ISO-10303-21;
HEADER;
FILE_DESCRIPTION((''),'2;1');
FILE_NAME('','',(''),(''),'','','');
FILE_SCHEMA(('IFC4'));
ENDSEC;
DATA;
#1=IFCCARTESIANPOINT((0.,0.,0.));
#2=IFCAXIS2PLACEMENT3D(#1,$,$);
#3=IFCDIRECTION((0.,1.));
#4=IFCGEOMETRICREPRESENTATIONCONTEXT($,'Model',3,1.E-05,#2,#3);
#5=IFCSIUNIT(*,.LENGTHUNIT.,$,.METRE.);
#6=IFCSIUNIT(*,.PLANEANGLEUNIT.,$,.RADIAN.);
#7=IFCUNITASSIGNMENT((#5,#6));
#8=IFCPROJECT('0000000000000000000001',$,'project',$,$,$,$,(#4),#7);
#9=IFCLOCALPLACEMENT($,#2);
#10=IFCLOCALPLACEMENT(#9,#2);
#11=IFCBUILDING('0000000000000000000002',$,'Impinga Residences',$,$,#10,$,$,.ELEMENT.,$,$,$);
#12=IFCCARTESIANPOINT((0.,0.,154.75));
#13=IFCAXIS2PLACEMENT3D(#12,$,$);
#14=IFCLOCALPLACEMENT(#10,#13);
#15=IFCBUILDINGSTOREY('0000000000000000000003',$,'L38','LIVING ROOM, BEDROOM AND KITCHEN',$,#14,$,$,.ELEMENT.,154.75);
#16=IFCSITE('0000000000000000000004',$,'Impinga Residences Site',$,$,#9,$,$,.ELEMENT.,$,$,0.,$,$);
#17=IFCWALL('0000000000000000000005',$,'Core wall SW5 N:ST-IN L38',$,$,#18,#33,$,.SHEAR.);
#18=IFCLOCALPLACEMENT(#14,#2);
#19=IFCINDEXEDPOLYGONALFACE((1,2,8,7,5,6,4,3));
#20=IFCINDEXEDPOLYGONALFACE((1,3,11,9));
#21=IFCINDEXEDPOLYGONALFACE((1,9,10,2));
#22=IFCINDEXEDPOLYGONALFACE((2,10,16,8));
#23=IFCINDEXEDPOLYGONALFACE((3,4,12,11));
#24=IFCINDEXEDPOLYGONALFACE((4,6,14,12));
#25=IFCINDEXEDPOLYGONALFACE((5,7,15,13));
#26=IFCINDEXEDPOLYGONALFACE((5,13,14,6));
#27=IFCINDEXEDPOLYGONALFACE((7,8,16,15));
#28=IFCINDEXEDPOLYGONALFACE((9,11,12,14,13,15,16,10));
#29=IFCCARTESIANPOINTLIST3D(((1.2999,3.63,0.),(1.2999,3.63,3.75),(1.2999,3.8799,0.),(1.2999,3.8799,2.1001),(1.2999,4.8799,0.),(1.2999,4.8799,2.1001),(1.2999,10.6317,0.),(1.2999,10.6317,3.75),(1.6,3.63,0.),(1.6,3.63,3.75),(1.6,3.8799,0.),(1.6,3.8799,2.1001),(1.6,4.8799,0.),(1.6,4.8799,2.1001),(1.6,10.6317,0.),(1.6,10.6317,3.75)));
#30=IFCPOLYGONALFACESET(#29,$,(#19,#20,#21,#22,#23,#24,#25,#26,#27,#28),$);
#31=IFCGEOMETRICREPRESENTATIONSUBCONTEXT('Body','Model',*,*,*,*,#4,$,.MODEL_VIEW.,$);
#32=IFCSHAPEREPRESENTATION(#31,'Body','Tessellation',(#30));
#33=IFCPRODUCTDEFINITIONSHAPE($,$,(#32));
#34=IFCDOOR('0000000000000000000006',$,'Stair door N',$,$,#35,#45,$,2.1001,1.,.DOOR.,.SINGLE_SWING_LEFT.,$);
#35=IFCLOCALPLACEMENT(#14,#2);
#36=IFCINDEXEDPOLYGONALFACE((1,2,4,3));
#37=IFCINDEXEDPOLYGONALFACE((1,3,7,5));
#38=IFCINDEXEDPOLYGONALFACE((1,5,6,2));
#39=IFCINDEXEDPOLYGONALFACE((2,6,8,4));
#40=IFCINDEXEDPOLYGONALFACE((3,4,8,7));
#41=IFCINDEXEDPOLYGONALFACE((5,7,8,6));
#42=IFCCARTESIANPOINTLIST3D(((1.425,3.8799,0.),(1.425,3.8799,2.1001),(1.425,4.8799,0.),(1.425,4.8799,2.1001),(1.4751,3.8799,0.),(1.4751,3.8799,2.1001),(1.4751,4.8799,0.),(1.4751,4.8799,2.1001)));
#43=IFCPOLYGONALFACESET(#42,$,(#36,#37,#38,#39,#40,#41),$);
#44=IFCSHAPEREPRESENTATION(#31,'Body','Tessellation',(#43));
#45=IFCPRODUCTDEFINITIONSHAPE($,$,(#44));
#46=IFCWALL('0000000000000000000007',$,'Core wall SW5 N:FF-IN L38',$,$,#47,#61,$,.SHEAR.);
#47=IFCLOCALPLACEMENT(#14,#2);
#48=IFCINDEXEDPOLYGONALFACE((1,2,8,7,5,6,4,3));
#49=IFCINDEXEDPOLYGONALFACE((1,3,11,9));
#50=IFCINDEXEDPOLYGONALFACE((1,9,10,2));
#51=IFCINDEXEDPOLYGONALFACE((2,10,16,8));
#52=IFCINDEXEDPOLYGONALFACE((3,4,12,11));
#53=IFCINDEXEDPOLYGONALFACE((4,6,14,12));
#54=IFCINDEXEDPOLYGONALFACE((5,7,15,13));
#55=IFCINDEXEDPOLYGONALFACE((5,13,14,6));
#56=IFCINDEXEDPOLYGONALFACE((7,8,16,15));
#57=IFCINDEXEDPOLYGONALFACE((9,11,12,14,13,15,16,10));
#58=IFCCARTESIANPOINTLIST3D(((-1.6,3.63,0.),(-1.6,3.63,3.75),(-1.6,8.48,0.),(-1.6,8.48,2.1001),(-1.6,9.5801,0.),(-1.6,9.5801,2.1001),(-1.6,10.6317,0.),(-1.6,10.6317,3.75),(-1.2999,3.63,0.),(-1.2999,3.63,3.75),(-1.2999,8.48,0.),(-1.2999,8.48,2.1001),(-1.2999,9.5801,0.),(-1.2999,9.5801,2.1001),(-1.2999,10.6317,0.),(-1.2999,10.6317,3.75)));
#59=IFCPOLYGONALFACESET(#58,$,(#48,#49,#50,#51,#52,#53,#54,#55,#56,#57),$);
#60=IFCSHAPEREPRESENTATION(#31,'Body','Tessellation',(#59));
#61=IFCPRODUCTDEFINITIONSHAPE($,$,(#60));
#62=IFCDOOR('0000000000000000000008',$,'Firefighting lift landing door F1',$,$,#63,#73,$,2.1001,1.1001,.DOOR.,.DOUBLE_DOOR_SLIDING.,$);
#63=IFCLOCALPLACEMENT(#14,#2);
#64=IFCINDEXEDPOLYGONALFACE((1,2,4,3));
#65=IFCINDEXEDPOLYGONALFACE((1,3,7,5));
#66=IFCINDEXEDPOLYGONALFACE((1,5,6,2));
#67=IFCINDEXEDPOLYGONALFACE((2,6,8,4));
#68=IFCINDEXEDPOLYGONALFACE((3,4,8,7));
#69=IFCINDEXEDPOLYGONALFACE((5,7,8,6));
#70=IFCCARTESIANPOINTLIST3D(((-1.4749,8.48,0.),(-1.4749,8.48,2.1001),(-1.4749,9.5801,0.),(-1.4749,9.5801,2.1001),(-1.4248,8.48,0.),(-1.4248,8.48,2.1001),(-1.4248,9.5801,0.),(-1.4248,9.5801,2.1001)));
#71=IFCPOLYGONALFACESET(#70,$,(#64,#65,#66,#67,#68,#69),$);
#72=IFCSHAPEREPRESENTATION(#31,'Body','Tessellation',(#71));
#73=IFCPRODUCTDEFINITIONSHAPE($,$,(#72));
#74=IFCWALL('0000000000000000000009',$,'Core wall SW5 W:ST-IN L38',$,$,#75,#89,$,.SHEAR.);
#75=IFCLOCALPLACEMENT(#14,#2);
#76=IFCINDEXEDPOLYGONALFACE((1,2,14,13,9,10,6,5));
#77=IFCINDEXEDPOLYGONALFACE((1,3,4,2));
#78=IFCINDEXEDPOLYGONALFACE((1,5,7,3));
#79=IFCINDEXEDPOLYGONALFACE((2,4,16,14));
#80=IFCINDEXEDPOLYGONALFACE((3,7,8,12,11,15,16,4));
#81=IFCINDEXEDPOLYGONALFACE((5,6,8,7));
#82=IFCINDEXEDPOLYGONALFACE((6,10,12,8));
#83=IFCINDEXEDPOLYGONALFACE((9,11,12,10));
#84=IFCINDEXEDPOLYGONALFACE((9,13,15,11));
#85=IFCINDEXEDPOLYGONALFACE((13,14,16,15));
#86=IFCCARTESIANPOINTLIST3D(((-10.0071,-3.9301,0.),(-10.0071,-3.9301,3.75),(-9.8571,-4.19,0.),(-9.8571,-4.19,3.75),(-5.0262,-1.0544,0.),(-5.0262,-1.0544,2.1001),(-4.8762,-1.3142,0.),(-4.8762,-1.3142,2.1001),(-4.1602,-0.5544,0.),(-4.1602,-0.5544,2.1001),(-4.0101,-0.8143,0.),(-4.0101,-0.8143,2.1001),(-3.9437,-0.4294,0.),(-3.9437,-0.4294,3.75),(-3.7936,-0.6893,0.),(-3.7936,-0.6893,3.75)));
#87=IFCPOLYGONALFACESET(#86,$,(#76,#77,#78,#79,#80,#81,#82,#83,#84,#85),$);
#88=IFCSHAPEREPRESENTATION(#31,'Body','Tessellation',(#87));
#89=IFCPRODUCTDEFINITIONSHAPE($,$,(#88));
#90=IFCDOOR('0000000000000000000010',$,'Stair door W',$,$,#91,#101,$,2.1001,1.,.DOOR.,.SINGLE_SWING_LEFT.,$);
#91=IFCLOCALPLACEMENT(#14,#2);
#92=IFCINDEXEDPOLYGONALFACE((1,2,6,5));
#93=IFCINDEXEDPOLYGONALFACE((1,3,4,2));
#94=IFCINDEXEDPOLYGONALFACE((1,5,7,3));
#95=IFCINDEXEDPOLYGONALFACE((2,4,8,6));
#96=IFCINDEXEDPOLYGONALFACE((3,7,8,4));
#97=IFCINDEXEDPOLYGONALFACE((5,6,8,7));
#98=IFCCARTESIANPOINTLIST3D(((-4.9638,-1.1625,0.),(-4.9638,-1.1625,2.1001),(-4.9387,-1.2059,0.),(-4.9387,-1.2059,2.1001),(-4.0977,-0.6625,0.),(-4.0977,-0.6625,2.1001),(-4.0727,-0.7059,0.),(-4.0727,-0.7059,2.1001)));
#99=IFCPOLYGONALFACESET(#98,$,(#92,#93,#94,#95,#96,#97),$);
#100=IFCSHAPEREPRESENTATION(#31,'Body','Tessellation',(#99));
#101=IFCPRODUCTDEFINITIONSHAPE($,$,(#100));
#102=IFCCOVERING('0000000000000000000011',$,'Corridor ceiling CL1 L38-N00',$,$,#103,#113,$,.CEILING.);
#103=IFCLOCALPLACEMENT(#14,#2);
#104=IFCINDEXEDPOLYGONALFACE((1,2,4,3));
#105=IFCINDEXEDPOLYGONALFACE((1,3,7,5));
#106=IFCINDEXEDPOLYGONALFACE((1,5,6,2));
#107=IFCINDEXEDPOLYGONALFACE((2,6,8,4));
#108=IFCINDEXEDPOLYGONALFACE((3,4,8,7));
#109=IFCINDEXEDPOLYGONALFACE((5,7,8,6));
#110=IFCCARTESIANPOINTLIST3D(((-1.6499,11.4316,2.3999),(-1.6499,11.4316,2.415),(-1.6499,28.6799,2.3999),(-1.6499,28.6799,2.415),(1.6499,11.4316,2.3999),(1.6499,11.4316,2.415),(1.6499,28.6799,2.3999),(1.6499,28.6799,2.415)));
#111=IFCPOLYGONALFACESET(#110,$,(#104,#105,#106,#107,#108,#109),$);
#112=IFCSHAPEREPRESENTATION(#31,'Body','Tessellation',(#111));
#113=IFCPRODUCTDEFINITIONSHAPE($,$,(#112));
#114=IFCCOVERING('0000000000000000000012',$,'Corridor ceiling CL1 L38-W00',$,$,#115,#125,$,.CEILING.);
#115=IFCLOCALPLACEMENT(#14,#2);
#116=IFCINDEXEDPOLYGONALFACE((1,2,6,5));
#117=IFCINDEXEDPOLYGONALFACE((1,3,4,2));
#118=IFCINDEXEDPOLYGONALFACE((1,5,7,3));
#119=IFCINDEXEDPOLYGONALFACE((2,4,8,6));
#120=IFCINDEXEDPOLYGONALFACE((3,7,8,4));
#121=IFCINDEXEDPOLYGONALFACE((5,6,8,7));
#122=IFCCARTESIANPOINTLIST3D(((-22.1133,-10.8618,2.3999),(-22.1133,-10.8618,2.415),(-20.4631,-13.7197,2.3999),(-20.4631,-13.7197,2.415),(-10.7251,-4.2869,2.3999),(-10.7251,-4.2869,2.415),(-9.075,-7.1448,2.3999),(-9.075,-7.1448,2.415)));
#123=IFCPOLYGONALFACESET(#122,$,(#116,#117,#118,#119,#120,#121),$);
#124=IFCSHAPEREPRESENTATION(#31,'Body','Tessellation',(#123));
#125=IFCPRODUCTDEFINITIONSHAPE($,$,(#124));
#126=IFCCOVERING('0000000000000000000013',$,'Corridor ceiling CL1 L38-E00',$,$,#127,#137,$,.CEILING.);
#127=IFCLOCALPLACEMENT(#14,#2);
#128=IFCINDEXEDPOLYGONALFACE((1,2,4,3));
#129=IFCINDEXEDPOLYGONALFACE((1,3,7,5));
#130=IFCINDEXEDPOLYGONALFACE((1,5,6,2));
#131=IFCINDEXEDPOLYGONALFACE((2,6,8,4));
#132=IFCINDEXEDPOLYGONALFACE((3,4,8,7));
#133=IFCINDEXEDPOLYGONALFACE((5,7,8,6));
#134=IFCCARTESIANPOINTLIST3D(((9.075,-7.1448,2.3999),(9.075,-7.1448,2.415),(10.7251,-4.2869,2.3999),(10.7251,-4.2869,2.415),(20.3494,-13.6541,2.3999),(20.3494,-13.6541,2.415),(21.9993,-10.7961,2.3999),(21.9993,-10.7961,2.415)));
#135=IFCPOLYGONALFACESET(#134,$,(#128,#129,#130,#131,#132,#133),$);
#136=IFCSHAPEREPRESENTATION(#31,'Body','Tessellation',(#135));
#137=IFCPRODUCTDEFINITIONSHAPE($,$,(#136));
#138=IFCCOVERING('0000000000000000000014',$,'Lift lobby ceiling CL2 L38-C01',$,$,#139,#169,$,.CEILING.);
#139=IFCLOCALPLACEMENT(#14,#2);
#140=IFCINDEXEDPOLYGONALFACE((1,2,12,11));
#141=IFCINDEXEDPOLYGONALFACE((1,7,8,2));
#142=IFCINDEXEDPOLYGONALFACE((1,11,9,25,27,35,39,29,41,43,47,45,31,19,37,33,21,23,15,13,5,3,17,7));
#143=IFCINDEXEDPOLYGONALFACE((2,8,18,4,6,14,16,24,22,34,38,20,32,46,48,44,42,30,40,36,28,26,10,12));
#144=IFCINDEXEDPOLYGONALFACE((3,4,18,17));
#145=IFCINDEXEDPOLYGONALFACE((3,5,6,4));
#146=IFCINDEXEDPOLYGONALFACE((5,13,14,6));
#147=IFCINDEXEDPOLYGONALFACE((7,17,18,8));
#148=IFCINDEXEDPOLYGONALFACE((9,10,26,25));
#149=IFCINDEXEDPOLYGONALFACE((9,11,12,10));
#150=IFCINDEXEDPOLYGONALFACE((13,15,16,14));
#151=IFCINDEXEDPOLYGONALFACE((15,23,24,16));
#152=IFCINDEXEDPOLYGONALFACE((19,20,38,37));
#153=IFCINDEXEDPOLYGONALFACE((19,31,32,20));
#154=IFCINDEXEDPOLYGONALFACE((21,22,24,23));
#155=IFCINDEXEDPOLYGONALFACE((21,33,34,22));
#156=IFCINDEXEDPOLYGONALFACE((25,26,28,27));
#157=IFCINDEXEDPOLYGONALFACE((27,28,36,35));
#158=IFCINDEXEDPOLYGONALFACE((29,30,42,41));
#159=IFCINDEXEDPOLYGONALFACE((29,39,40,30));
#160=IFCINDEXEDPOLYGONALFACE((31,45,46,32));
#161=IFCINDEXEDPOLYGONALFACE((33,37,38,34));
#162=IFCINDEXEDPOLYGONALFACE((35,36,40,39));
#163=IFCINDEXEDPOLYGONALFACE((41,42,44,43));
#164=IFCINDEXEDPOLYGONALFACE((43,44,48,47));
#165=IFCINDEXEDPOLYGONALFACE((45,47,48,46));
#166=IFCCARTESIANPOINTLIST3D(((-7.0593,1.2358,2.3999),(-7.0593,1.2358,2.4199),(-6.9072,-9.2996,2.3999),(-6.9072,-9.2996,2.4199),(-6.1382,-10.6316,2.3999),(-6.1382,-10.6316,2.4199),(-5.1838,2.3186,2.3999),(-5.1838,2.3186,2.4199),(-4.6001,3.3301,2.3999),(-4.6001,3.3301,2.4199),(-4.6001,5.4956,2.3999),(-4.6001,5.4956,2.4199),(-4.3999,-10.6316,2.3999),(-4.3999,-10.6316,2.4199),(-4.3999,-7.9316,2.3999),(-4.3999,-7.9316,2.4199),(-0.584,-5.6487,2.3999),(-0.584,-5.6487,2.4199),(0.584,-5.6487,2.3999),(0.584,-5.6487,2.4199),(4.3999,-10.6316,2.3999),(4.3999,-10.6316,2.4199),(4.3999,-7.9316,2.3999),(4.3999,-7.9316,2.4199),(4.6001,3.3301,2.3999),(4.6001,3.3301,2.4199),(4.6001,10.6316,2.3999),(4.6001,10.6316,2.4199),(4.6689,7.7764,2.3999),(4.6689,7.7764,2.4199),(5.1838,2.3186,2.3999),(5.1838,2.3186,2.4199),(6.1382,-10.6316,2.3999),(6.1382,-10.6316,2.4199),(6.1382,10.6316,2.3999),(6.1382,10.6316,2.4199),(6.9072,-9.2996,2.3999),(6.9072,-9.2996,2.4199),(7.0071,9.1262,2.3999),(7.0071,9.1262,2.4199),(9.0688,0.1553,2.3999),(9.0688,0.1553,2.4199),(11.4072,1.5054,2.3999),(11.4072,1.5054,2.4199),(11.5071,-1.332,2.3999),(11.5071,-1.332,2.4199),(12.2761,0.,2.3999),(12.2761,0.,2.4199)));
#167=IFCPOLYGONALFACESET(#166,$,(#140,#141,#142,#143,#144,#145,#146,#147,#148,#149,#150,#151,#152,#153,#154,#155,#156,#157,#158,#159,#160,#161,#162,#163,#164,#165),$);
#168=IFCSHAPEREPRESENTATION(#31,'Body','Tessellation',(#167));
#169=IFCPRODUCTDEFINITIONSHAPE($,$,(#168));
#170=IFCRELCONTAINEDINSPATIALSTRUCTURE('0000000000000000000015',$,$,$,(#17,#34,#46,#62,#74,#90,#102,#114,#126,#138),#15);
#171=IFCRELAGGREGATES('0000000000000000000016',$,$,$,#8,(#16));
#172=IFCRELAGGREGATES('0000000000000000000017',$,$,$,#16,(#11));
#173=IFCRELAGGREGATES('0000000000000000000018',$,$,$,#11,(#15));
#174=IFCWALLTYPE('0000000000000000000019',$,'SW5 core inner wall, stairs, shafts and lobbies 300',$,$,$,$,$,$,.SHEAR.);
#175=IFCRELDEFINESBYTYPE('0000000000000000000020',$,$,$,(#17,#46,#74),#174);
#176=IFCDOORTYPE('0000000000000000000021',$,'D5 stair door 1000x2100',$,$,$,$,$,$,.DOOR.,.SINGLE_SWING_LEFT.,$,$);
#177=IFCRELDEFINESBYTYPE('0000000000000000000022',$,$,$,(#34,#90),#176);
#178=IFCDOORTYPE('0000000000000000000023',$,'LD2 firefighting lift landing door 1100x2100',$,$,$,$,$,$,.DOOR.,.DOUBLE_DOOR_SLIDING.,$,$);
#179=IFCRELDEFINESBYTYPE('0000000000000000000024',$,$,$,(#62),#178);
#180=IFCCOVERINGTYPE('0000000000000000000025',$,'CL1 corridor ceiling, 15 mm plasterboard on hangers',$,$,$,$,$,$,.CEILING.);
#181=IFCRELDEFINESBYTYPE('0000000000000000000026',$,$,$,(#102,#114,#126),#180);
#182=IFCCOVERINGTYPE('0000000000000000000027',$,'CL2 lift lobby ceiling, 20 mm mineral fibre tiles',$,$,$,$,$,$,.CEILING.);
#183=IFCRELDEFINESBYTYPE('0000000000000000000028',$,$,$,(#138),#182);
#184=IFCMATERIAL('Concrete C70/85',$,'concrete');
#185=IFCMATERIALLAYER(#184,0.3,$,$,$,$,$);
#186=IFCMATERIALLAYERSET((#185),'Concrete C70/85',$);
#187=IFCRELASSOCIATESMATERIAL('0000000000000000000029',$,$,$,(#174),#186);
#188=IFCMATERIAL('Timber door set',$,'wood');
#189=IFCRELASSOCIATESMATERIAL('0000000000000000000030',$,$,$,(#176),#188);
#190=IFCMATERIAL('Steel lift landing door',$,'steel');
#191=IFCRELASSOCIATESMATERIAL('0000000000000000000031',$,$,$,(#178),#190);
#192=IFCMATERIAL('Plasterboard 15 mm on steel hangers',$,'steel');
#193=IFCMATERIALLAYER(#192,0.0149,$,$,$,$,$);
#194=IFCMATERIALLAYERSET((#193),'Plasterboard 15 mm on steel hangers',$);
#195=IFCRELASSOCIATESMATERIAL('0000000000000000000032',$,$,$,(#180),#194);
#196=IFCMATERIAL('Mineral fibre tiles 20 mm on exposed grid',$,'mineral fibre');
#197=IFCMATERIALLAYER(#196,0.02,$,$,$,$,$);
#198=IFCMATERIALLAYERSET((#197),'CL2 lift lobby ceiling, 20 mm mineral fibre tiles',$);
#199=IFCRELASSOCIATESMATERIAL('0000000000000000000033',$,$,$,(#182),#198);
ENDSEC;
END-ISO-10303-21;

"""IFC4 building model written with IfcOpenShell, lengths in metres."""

from ifc_helpers import new_model, si_unit, direction, frame, frame_2d, origin, place, context, subcontext, project, spatial, polyline, rectangle, outline, extrude, material, layer, layer_set, type_object, element, fill, save


model = new_model("IFC4")

# Units and contexts
model_context = context("Model", 3, precision=1e-05, world=origin(), true_north=direction((0.0, 1.0)))
body_context = subcontext(model_context, "Body", "Model", "MODEL_VIEW")
ifc_project = project(units=[si_unit("LENGTHUNIT", "METRE"), si_unit("PLANEANGLEUNIT", "RADIAN")], contexts=[model_context])

# Site, building, storey
site_placement = place(None, origin())
site = spatial("IfcSite", under=ifc_project, at=site_placement, Name="Impinga Residences Site", CompositionType="ELEMENT", RefElevation=0.0)
building_placement = place(site_placement, origin())
building = spatial("IfcBuilding", under=site, at=building_placement, Name="Impinga Residences", CompositionType="ELEMENT")
storey_placement = place(building_placement, frame((0.0, 0.0, 154.75)))
storey = spatial("IfcBuildingStorey", under=building, at=storey_placement, Name="L38", Description="LIVING ROOM, BEDROOM AND KITCHEN", CompositionType="ELEMENT", Elevation=154.75)

# Walls, openings, doors
ifc_material_1 = material(Name="Concrete C70/85", Category="concrete")
ifc_layer_1 = layer(ifc_material_1, 0.3)
ifc_layer_set_1 = layer_set([ifc_layer_1], Name="Concrete C70/85")
wall_type_1 = type_object("IfcWallType", Name="SW5 core inner wall, stairs, shafts and lobbies 300", PredefinedType="SHEAR", material=ifc_layer_set_1)
wall_1_placement = place(storey_placement, frame((1.45, 3.6299, 0.0), z_axis=(0.0, 0.0, 1.0), x_axis=(0.0, 1.0, 0.0)))
wall_1 = element("IfcWall", 1, at=wall_1_placement, inside=storey, type_object=wall_type_1, Name="Core wall SW5 N:ST-IN L38", PredefinedType="SHEAR", context=body_context, shape_type="SweptSolid", body=[
    extrude(rectangle(XDim=7.0017, YDim=0.3, at=frame_2d((3.501, 0.0))), origin(), (0.0, 0.0, 1.0), 3.75),
])
opening_1_placement = place(wall_1_placement, frame((0.25, 0.0, 0.0)))
opening_1 = element("IfcOpeningElement", 2, at=opening_1_placement, cuts=wall_1, PredefinedType="OPENING", context=body_context, shape_type="SweptSolid", body=[
    extrude(rectangle(XDim=1.0, YDim=2.1001, at=frame_2d((0.5, 1.05))), frame((0.0, 0.1599, 0.0), z_axis=(0.0, -1.0, 0.0), x_axis=(1.0, 0.0, 0.0)), (0.0, 0.0, 1.0), 0.3201),
])
ifc_material_2 = material(Name="Timber door set", Category="wood")
door_type_1 = type_object("IfcDoorType", Name="D5 stair door 1000x2100", OperationType="SINGLE_SWING_LEFT", PredefinedType="DOOR", material=ifc_material_2)
door_1_placement = place(opening_1_placement, origin())
door_1 = element("IfcDoor", 3, at=door_1_placement, inside=storey, type_object=door_type_1, Name="Stair door N", OperationType="SINGLE_SWING_LEFT", OverallHeight=2.1001, OverallWidth=1.0, PredefinedType="DOOR", context=body_context, shape_type="SweptSolid", body=[
    extrude(rectangle(XDim=1.0, YDim=2.1001, at=frame_2d((0.5, 1.05))), frame((0.0, 0.0249, 0.0), z_axis=(0.0, -1.0, 0.0), x_axis=(1.0, 0.0, 0.0)), (0.0, 0.0, 1.0), 0.05),
])
fill(opening_1, door_1)
wall_2_placement = place(storey_placement, frame((-1.45, 3.6299, 0.0), z_axis=(0.0, 0.0, 1.0), x_axis=(0.0, 1.0, 0.0)))
wall_2 = element("IfcWall", 4, at=wall_2_placement, inside=storey, type_object=wall_type_1, Name="Core wall SW5 N:FF-IN L38", PredefinedType="SHEAR", context=body_context, shape_type="SweptSolid", body=[
    extrude(rectangle(XDim=7.0017, YDim=0.3, at=frame_2d((3.501, 0.0))), origin(), (0.0, 0.0, 1.0), 3.75),
])
opening_2_placement = place(wall_2_placement, frame((4.8501, 0.0, 0.0)))
opening_2 = element("IfcOpeningElement", 5, at=opening_2_placement, cuts=wall_2, PredefinedType="OPENING", context=body_context, shape_type="SweptSolid", body=[
    extrude(rectangle(XDim=1.1001, YDim=2.1001, at=frame_2d((0.55, 1.05))), frame((0.0, 0.1599, 0.0), z_axis=(0.0, -1.0, 0.0), x_axis=(1.0, 0.0, 0.0)), (0.0, 0.0, 1.0), 0.3201),
])
ifc_material_3 = material(Name="Steel lift landing door", Category="steel")
door_type_2 = type_object("IfcDoorType", Name="LD2 firefighting lift landing door 1100x2100", OperationType="DOUBLE_DOOR_SLIDING", PredefinedType="DOOR", material=ifc_material_3)
door_2_placement = place(opening_2_placement, origin())
door_2 = element("IfcDoor", 6, at=door_2_placement, inside=storey, type_object=door_type_2, Name="Firefighting lift landing door F1", OperationType="DOUBLE_DOOR_SLIDING", OverallHeight=2.1001, OverallWidth=1.1001, PredefinedType="DOOR", context=body_context, shape_type="SweptSolid", body=[
    extrude(rectangle(XDim=1.1001, YDim=2.1001, at=frame_2d((0.55, 1.05))), frame((0.0, 0.0249, 0.0), z_axis=(0.0, -1.0, 0.0), x_axis=(1.0, 0.0, 0.0)), (0.0, 0.0, 1.0), 0.05),
])
fill(opening_2, door_2)
wall_3_placement = place(storey_placement, frame((-3.8687, -0.5593, 0.0), z_axis=(0.0, 0.0, 1.0), x_axis=(-0.866026, -0.499998, 0.0)))
wall_3 = element("IfcWall", 7, at=wall_3_placement, inside=storey, type_object=wall_type_1, Name="Core wall SW5 W:ST-IN L38", PredefinedType="SHEAR", context=body_context, shape_type="SweptSolid", body=[
    extrude(rectangle(XDim=7.0015, YDim=0.3, at=frame_2d((3.5007, 0.0))), origin(), (0.0, 0.0, 1.0), 3.75),
])
opening_3_placement = place(wall_3_placement, frame((0.25, 0.0, 0.0)))
opening_3 = element("IfcOpeningElement", 8, at=opening_3_placement, cuts=wall_3, PredefinedType="OPENING", context=body_context, shape_type="SweptSolid", body=[
    extrude(rectangle(XDim=1.0, YDim=2.1001, at=frame_2d((0.5, 1.05))), frame((0.0, 0.1599, 0.0), z_axis=(0.0, -1.0, 0.0), x_axis=(1.0, 0.0, 0.0)), (0.0, 0.0, 1.0), 0.3201),
])
door_3_placement = place(opening_3_placement, origin())
door_3 = element("IfcDoor", 9, at=door_3_placement, inside=storey, type_object=door_type_1, Name="Stair door W", OperationType="SINGLE_SWING_LEFT", OverallHeight=2.1001, OverallWidth=1.0, PredefinedType="DOOR", context=body_context, shape_type="SweptSolid", body=[
    extrude(rectangle(XDim=1.0, YDim=2.1001, at=frame_2d((0.5, 1.05))), frame((0.0, 0.0249, 0.0), z_axis=(0.0, -1.0, 0.0), x_axis=(1.0, 0.0, 0.0)), (0.0, 0.0, 1.0), 0.05),
])
fill(opening_3, door_3)

# Coverings
ifc_material_4 = material(Name="Plasterboard 15 mm on steel hangers", Category="steel")
ifc_layer_2 = layer(ifc_material_4, 0.0149)
ifc_layer_set_2 = layer_set([ifc_layer_2], Name="Plasterboard 15 mm on steel hangers")
covering_type_1 = type_object("IfcCoveringType", Name="CL1 corridor ceiling, 15 mm plasterboard on hangers", PredefinedType="CEILING", material=ifc_layer_set_2)
covering_1_placement = place(storey_placement, frame((0.0, 0.0, 2.3999)))
element("IfcCovering", 10, at=covering_1_placement, inside=storey, type_object=covering_type_1, Name="Corridor ceiling CL1 L38-N00", PredefinedType="CEILING", context=body_context, shape_type="SweptSolid", body=[
    extrude(outline(polyline([(1.6499, 11.4316), (-1.6499, 11.4316), (-1.6499, 28.6799), (1.6499, 28.6799), (1.6499, 11.4316)])), origin(), (0.0, 0.0, 1.0), 0.0151),
])
covering_2_placement = place(storey_placement, frame((0.0, 0.0, 2.3999)))
element("IfcCovering", 11, at=covering_2_placement, inside=storey, type_object=covering_type_1, Name="Corridor ceiling CL1 L38-W00", PredefinedType="CEILING", context=body_context, shape_type="SweptSolid", body=[
    extrude(outline(polyline([(-9.075, -7.1448), (-10.7251, -4.2869), (-22.1133, -10.8618), (-20.4631, -13.7197), (-9.075, -7.1448)])), origin(), (0.0, 0.0, 1.0), 0.0151),
])
covering_3_placement = place(storey_placement, frame((0.0, 0.0, 2.3999)))
element("IfcCovering", 12, at=covering_3_placement, inside=storey, type_object=covering_type_1, Name="Corridor ceiling CL1 L38-E00", PredefinedType="CEILING", context=body_context, shape_type="SweptSolid", body=[
    extrude(outline(polyline([(9.075, -7.1448), (10.7251, -4.2869), (21.9993, -10.7961), (20.3494, -13.6541), (9.075, -7.1448)])), origin(), (0.0, 0.0, 1.0), 0.0151),
])
ifc_material_5 = material(Name="Mineral fibre tiles 20 mm on exposed grid", Category="mineral fibre")
ifc_layer_3 = layer(ifc_material_5, 0.02)
ifc_layer_set_3 = layer_set([ifc_layer_3], Name="CL2 lift lobby ceiling, 20 mm mineral fibre tiles")
covering_type_2 = type_object("IfcCoveringType", Name="CL2 lift lobby ceiling, 20 mm mineral fibre tiles", PredefinedType="CEILING", material=ifc_layer_set_3)
covering_4_placement = place(storey_placement, frame((0.0, 0.0, 2.3999)))
element("IfcCovering", 13, at=covering_4_placement, inside=storey, type_object=covering_type_2, Name="Lift lobby ceiling CL2 L38-C01", PredefinedType="CEILING", context=body_context, shape_type="SweptSolid", body=[
    extrude(outline(polyline([(5.1838, 2.3186), (0.584, -5.6487), (6.9072, -9.2996), (6.1382, -10.6316), (4.3999, -10.6316), (4.3999, -7.9316), (-4.3999, -7.9316), (-4.3999, -10.6316), (-6.1382, -10.6316), (-6.9072, -9.2996), (-0.584, -5.6487), (-5.1838, 2.3186), (-7.0593, 1.2358), (-4.6001, 5.4956), (-4.6001, 3.3301), (4.6001, 3.3301), (4.6001, 10.6316), (6.1382, 10.6316), (7.0071, 9.1262), (4.6689, 7.7764), (9.0688, 0.1553), (11.4072, 1.5054), (12.2761, 0.0), (11.5071, -1.332), (5.1838, 2.3186)])), origin(), (0.0, 0.0, 1.0), 0.02),
])

save(model, "model.ifc")
